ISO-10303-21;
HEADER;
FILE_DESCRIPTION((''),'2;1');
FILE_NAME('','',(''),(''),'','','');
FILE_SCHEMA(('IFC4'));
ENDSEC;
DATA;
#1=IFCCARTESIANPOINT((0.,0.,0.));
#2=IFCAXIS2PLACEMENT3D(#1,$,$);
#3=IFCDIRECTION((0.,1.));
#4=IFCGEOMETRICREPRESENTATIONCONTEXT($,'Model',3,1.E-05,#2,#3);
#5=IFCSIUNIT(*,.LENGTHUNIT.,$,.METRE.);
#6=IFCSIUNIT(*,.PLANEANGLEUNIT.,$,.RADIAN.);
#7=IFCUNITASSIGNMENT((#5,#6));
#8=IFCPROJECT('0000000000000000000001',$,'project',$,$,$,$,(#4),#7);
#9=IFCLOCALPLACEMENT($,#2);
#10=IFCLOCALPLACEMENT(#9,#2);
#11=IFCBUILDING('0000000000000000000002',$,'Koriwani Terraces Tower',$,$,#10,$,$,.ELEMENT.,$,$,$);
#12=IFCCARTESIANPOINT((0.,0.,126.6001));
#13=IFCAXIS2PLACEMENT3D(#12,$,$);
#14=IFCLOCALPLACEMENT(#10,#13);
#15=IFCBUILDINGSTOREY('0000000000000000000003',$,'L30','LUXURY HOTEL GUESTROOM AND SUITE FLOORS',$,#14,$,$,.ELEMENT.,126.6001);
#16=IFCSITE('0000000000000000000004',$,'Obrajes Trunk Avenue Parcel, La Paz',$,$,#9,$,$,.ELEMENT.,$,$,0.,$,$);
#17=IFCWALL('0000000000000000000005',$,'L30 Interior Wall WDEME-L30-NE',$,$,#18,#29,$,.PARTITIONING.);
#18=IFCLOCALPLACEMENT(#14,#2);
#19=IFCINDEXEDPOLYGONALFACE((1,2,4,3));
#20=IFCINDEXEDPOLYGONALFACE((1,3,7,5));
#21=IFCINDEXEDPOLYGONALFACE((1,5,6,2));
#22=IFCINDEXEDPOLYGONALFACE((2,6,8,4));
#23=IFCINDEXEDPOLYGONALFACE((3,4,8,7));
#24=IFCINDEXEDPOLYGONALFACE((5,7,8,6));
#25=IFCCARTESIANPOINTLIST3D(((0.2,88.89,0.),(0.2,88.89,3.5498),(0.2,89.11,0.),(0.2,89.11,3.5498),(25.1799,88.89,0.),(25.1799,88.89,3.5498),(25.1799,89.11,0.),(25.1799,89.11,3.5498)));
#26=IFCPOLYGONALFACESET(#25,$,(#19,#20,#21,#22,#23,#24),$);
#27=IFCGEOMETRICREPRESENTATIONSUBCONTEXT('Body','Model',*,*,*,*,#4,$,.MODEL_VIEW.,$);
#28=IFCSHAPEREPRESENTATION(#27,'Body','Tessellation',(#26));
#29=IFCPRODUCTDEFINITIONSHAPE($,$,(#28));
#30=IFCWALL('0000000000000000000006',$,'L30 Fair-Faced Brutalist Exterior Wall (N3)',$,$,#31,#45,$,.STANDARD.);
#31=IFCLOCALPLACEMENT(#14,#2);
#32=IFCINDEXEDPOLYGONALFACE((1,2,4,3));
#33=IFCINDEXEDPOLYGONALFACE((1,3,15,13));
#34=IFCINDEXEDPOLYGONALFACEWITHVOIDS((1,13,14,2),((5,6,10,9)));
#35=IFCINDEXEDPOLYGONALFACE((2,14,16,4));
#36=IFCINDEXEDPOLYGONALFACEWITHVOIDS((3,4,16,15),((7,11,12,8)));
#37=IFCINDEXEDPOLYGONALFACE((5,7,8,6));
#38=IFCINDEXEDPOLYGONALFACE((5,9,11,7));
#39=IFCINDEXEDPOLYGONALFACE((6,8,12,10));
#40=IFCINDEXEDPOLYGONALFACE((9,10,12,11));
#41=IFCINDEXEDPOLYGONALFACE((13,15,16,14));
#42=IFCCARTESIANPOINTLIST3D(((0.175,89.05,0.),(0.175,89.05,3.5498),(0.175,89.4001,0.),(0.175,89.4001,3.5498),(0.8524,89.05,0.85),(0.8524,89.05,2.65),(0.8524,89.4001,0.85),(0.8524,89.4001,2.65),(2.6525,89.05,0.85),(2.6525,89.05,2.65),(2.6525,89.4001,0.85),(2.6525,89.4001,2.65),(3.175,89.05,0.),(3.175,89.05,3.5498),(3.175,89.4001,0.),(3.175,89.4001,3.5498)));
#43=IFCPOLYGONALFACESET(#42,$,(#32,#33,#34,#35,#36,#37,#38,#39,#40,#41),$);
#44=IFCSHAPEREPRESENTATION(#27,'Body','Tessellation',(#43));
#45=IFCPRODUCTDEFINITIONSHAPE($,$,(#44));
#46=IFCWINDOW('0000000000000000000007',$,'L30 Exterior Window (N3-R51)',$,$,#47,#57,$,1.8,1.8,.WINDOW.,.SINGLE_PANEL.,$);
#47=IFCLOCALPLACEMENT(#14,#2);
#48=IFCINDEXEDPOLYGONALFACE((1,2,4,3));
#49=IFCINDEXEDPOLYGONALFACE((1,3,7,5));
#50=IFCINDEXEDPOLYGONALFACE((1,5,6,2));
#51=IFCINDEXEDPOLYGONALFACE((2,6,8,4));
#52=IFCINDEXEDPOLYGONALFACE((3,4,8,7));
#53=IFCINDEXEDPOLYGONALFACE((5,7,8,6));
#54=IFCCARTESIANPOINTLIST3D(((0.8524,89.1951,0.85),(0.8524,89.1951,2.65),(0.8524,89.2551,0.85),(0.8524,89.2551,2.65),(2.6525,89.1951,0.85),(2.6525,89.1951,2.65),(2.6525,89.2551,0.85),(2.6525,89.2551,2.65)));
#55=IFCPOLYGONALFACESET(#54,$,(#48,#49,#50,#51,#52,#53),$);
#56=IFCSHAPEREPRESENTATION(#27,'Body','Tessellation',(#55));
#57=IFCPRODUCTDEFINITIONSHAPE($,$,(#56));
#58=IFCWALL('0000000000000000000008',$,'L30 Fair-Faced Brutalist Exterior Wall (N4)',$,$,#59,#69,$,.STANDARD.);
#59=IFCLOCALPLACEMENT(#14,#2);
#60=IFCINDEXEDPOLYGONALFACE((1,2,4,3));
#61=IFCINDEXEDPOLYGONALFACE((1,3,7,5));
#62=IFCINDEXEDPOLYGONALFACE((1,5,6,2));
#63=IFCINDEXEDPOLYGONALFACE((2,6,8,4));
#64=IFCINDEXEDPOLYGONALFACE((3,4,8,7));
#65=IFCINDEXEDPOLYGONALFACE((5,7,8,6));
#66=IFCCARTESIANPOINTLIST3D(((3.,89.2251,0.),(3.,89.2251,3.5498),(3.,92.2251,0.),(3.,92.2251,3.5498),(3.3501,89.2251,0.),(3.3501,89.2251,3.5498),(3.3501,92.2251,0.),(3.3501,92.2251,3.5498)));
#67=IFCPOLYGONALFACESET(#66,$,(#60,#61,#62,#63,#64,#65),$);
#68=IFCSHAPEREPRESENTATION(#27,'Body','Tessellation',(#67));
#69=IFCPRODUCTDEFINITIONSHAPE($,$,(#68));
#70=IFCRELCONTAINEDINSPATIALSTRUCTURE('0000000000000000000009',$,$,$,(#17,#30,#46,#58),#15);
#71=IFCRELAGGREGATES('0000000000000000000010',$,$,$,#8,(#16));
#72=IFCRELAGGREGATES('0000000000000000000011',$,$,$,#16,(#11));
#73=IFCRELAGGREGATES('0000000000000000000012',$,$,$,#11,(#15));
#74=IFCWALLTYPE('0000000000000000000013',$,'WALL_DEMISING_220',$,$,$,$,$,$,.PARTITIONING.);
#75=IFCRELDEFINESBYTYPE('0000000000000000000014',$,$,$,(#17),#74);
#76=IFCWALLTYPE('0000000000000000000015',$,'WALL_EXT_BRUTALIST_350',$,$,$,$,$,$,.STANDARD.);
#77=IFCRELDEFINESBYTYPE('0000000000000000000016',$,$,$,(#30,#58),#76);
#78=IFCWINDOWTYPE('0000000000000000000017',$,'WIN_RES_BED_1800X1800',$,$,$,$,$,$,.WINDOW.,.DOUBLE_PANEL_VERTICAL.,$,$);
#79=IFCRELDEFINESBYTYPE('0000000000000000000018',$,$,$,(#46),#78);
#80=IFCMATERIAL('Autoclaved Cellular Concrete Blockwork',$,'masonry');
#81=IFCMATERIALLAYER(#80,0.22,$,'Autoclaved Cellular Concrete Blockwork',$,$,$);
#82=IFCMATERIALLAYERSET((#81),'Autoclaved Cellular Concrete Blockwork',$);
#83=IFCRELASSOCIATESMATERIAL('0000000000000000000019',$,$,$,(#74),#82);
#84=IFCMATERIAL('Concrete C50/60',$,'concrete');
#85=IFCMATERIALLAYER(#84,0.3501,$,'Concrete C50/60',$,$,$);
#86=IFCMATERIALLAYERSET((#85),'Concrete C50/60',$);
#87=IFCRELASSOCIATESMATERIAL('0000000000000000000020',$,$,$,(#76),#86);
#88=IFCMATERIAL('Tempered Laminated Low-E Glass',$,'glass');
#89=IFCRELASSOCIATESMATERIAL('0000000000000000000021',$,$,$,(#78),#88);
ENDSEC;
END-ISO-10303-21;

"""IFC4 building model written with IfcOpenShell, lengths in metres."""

from ifc_helpers import new_model, si_unit, direction, frame, frame_2d, origin, place, context, subcontext, project, spatial, rectangle, extrude, material, layer, layer_set, type_object, element, fill, save


model = new_model("IFC4")

# Units and contexts
model_context = context("Model", 3, precision=1e-05, world=origin(), true_north=direction((0.0, 1.0)))
body_context = subcontext(model_context, "Body", "Model", "MODEL_VIEW")
ifc_project = project(units=[si_unit("LENGTHUNIT", "METRE"), si_unit("PLANEANGLEUNIT", "RADIAN")], contexts=[model_context])

# Site, building, storey
site_placement = place(None, origin())
site = spatial("IfcSite", under=ifc_project, at=site_placement, Name="Obrajes Trunk Avenue Parcel, La Paz", CompositionType="ELEMENT", RefElevation=0.0)
building_placement = place(site_placement, origin())
building = spatial("IfcBuilding", under=site, at=building_placement, Name="Koriwani Terraces Tower", CompositionType="ELEMENT")
storey_placement = place(building_placement, frame((0.0, 0.0, 126.6001)))
storey = spatial("IfcBuildingStorey", under=building, at=storey_placement, Name="L30", Description="LUXURY HOTEL GUESTROOM AND SUITE FLOORS", CompositionType="ELEMENT", Elevation=126.6001)

# Shared definitions
ifc_material_1 = material(Name="Concrete C50/60", Category="concrete")

# Wall
ifc_material_2 = material(Name="Autoclaved Cellular Concrete Blockwork", Category="masonry")
ifc_layer_1 = layer(ifc_material_2, 0.22, Name="Autoclaved Cellular Concrete Blockwork")
ifc_layer_set_1 = layer_set([ifc_layer_1], Name="Autoclaved Cellular Concrete Blockwork")
wall_type_1 = type_object("IfcWallType", Name="WALL_DEMISING_220", PredefinedType="PARTITIONING", material=ifc_layer_set_1)
for number, where, z_axis, x_axis, name in (
    (1, (0.2, 89.0, 0.0), (0.0, 0.0, 1.0), (1.0, 0.0, 0.0), "L30 Interior Wall WDEME-L30-NE"),
):
    element("IfcWall", number, at=place(storey_placement, frame(where, z_axis=z_axis, x_axis=x_axis)), inside=storey, type_object=wall_type_1, Name=name, PredefinedType="PARTITIONING", context=body_context, shape_type="SweptSolid", body=[
        extrude(rectangle(XDim=24.98, YDim=0.22, at=frame_2d((12.49, 0.0))), origin(), (0.0, 0.0, 1.0), 3.5498),
    ])

# Wall, opening, window
ifc_layer_2 = layer(ifc_material_1, 0.3501, Name="Concrete C50/60")
ifc_layer_set_2 = layer_set([ifc_layer_2], Name="Concrete C50/60")
wall_type_2 = type_object("IfcWallType", Name="WALL_EXT_BRUTALIST_350", PredefinedType="STANDARD", material=ifc_layer_set_2)
wall_1_placement = place(storey_placement, frame((0.175, 89.2251, 0.0), z_axis=(0.0, 0.0, 1.0), x_axis=(1.0, 0.0, 0.0)))
wall_1 = element("IfcWall", 2, at=wall_1_placement, inside=storey, type_object=wall_type_2, Name="L30 Fair-Faced Brutalist Exterior Wall (N3)", PredefinedType="STANDARD", context=body_context, shape_type="SweptSolid", body=[
    extrude(rectangle(XDim=3.0, YDim=0.3501, at=frame_2d((1.5, 0.0))), origin(), (0.0, 0.0, 1.0), 3.5498),
])
opening_placement = place(wall_1_placement, frame((0.6775, 0.0, 0.8501)))
opening = element("IfcOpeningElement", 3, at=opening_placement, cuts=wall_1, PredefinedType="OPENING", context=body_context, shape_type="SweptSolid", body=[
    extrude(rectangle(XDim=1.8, YDim=1.8, at=frame_2d((0.8999, 0.8999))), frame((0.0, 0.1851, 0.0), z_axis=(0.0, -1.0, 0.0), x_axis=(1.0, 0.0, 0.0)), (0.0, 0.0, 1.0), 0.3701),
])
ifc_material_3 = material(Name="Tempered Laminated Low-E Glass", Category="glass")
window_type = type_object("IfcWindowType", Name="WIN_RES_BED_1800X1800", PartitioningType="DOUBLE_PANEL_VERTICAL", PredefinedType="WINDOW", material=ifc_material_3)
window_placement = place(opening_placement, origin())
window = element("IfcWindow", 4, at=window_placement, inside=storey, type_object=window_type, Name="L30 Exterior Window (N3-R51)", OverallHeight=1.8, OverallWidth=1.8, PartitioningType="SINGLE_PANEL", PredefinedType="WINDOW", context=body_context, shape_type="SweptSolid", body=[
    extrude(rectangle(XDim=1.8, YDim=1.8, at=frame_2d((0.8999, 0.8999))), frame((0.0, 0.03, 0.0), z_axis=(0.0, -1.0, 0.0), x_axis=(1.0, 0.0, 0.0)), (0.0, 0.0, 1.0), 0.0601),
])
fill(opening, window)

# Wall
wall_2_placement = place(storey_placement, frame((3.175, 89.2251, 0.0), z_axis=(0.0, 0.0, 1.0), x_axis=(0.0, 1.0, 0.0)))
element("IfcWall", 5, at=wall_2_placement, inside=storey, type_object=wall_type_2, Name="L30 Fair-Faced Brutalist Exterior Wall (N4)", PredefinedType="STANDARD", context=body_context, shape_type="SweptSolid", body=[
    extrude(rectangle(XDim=3.0, YDim=0.3501, at=frame_2d((1.5, 0.0))), origin(), (0.0, 0.0, 1.0), 3.5498),
])

save(model, "model.ifc")
